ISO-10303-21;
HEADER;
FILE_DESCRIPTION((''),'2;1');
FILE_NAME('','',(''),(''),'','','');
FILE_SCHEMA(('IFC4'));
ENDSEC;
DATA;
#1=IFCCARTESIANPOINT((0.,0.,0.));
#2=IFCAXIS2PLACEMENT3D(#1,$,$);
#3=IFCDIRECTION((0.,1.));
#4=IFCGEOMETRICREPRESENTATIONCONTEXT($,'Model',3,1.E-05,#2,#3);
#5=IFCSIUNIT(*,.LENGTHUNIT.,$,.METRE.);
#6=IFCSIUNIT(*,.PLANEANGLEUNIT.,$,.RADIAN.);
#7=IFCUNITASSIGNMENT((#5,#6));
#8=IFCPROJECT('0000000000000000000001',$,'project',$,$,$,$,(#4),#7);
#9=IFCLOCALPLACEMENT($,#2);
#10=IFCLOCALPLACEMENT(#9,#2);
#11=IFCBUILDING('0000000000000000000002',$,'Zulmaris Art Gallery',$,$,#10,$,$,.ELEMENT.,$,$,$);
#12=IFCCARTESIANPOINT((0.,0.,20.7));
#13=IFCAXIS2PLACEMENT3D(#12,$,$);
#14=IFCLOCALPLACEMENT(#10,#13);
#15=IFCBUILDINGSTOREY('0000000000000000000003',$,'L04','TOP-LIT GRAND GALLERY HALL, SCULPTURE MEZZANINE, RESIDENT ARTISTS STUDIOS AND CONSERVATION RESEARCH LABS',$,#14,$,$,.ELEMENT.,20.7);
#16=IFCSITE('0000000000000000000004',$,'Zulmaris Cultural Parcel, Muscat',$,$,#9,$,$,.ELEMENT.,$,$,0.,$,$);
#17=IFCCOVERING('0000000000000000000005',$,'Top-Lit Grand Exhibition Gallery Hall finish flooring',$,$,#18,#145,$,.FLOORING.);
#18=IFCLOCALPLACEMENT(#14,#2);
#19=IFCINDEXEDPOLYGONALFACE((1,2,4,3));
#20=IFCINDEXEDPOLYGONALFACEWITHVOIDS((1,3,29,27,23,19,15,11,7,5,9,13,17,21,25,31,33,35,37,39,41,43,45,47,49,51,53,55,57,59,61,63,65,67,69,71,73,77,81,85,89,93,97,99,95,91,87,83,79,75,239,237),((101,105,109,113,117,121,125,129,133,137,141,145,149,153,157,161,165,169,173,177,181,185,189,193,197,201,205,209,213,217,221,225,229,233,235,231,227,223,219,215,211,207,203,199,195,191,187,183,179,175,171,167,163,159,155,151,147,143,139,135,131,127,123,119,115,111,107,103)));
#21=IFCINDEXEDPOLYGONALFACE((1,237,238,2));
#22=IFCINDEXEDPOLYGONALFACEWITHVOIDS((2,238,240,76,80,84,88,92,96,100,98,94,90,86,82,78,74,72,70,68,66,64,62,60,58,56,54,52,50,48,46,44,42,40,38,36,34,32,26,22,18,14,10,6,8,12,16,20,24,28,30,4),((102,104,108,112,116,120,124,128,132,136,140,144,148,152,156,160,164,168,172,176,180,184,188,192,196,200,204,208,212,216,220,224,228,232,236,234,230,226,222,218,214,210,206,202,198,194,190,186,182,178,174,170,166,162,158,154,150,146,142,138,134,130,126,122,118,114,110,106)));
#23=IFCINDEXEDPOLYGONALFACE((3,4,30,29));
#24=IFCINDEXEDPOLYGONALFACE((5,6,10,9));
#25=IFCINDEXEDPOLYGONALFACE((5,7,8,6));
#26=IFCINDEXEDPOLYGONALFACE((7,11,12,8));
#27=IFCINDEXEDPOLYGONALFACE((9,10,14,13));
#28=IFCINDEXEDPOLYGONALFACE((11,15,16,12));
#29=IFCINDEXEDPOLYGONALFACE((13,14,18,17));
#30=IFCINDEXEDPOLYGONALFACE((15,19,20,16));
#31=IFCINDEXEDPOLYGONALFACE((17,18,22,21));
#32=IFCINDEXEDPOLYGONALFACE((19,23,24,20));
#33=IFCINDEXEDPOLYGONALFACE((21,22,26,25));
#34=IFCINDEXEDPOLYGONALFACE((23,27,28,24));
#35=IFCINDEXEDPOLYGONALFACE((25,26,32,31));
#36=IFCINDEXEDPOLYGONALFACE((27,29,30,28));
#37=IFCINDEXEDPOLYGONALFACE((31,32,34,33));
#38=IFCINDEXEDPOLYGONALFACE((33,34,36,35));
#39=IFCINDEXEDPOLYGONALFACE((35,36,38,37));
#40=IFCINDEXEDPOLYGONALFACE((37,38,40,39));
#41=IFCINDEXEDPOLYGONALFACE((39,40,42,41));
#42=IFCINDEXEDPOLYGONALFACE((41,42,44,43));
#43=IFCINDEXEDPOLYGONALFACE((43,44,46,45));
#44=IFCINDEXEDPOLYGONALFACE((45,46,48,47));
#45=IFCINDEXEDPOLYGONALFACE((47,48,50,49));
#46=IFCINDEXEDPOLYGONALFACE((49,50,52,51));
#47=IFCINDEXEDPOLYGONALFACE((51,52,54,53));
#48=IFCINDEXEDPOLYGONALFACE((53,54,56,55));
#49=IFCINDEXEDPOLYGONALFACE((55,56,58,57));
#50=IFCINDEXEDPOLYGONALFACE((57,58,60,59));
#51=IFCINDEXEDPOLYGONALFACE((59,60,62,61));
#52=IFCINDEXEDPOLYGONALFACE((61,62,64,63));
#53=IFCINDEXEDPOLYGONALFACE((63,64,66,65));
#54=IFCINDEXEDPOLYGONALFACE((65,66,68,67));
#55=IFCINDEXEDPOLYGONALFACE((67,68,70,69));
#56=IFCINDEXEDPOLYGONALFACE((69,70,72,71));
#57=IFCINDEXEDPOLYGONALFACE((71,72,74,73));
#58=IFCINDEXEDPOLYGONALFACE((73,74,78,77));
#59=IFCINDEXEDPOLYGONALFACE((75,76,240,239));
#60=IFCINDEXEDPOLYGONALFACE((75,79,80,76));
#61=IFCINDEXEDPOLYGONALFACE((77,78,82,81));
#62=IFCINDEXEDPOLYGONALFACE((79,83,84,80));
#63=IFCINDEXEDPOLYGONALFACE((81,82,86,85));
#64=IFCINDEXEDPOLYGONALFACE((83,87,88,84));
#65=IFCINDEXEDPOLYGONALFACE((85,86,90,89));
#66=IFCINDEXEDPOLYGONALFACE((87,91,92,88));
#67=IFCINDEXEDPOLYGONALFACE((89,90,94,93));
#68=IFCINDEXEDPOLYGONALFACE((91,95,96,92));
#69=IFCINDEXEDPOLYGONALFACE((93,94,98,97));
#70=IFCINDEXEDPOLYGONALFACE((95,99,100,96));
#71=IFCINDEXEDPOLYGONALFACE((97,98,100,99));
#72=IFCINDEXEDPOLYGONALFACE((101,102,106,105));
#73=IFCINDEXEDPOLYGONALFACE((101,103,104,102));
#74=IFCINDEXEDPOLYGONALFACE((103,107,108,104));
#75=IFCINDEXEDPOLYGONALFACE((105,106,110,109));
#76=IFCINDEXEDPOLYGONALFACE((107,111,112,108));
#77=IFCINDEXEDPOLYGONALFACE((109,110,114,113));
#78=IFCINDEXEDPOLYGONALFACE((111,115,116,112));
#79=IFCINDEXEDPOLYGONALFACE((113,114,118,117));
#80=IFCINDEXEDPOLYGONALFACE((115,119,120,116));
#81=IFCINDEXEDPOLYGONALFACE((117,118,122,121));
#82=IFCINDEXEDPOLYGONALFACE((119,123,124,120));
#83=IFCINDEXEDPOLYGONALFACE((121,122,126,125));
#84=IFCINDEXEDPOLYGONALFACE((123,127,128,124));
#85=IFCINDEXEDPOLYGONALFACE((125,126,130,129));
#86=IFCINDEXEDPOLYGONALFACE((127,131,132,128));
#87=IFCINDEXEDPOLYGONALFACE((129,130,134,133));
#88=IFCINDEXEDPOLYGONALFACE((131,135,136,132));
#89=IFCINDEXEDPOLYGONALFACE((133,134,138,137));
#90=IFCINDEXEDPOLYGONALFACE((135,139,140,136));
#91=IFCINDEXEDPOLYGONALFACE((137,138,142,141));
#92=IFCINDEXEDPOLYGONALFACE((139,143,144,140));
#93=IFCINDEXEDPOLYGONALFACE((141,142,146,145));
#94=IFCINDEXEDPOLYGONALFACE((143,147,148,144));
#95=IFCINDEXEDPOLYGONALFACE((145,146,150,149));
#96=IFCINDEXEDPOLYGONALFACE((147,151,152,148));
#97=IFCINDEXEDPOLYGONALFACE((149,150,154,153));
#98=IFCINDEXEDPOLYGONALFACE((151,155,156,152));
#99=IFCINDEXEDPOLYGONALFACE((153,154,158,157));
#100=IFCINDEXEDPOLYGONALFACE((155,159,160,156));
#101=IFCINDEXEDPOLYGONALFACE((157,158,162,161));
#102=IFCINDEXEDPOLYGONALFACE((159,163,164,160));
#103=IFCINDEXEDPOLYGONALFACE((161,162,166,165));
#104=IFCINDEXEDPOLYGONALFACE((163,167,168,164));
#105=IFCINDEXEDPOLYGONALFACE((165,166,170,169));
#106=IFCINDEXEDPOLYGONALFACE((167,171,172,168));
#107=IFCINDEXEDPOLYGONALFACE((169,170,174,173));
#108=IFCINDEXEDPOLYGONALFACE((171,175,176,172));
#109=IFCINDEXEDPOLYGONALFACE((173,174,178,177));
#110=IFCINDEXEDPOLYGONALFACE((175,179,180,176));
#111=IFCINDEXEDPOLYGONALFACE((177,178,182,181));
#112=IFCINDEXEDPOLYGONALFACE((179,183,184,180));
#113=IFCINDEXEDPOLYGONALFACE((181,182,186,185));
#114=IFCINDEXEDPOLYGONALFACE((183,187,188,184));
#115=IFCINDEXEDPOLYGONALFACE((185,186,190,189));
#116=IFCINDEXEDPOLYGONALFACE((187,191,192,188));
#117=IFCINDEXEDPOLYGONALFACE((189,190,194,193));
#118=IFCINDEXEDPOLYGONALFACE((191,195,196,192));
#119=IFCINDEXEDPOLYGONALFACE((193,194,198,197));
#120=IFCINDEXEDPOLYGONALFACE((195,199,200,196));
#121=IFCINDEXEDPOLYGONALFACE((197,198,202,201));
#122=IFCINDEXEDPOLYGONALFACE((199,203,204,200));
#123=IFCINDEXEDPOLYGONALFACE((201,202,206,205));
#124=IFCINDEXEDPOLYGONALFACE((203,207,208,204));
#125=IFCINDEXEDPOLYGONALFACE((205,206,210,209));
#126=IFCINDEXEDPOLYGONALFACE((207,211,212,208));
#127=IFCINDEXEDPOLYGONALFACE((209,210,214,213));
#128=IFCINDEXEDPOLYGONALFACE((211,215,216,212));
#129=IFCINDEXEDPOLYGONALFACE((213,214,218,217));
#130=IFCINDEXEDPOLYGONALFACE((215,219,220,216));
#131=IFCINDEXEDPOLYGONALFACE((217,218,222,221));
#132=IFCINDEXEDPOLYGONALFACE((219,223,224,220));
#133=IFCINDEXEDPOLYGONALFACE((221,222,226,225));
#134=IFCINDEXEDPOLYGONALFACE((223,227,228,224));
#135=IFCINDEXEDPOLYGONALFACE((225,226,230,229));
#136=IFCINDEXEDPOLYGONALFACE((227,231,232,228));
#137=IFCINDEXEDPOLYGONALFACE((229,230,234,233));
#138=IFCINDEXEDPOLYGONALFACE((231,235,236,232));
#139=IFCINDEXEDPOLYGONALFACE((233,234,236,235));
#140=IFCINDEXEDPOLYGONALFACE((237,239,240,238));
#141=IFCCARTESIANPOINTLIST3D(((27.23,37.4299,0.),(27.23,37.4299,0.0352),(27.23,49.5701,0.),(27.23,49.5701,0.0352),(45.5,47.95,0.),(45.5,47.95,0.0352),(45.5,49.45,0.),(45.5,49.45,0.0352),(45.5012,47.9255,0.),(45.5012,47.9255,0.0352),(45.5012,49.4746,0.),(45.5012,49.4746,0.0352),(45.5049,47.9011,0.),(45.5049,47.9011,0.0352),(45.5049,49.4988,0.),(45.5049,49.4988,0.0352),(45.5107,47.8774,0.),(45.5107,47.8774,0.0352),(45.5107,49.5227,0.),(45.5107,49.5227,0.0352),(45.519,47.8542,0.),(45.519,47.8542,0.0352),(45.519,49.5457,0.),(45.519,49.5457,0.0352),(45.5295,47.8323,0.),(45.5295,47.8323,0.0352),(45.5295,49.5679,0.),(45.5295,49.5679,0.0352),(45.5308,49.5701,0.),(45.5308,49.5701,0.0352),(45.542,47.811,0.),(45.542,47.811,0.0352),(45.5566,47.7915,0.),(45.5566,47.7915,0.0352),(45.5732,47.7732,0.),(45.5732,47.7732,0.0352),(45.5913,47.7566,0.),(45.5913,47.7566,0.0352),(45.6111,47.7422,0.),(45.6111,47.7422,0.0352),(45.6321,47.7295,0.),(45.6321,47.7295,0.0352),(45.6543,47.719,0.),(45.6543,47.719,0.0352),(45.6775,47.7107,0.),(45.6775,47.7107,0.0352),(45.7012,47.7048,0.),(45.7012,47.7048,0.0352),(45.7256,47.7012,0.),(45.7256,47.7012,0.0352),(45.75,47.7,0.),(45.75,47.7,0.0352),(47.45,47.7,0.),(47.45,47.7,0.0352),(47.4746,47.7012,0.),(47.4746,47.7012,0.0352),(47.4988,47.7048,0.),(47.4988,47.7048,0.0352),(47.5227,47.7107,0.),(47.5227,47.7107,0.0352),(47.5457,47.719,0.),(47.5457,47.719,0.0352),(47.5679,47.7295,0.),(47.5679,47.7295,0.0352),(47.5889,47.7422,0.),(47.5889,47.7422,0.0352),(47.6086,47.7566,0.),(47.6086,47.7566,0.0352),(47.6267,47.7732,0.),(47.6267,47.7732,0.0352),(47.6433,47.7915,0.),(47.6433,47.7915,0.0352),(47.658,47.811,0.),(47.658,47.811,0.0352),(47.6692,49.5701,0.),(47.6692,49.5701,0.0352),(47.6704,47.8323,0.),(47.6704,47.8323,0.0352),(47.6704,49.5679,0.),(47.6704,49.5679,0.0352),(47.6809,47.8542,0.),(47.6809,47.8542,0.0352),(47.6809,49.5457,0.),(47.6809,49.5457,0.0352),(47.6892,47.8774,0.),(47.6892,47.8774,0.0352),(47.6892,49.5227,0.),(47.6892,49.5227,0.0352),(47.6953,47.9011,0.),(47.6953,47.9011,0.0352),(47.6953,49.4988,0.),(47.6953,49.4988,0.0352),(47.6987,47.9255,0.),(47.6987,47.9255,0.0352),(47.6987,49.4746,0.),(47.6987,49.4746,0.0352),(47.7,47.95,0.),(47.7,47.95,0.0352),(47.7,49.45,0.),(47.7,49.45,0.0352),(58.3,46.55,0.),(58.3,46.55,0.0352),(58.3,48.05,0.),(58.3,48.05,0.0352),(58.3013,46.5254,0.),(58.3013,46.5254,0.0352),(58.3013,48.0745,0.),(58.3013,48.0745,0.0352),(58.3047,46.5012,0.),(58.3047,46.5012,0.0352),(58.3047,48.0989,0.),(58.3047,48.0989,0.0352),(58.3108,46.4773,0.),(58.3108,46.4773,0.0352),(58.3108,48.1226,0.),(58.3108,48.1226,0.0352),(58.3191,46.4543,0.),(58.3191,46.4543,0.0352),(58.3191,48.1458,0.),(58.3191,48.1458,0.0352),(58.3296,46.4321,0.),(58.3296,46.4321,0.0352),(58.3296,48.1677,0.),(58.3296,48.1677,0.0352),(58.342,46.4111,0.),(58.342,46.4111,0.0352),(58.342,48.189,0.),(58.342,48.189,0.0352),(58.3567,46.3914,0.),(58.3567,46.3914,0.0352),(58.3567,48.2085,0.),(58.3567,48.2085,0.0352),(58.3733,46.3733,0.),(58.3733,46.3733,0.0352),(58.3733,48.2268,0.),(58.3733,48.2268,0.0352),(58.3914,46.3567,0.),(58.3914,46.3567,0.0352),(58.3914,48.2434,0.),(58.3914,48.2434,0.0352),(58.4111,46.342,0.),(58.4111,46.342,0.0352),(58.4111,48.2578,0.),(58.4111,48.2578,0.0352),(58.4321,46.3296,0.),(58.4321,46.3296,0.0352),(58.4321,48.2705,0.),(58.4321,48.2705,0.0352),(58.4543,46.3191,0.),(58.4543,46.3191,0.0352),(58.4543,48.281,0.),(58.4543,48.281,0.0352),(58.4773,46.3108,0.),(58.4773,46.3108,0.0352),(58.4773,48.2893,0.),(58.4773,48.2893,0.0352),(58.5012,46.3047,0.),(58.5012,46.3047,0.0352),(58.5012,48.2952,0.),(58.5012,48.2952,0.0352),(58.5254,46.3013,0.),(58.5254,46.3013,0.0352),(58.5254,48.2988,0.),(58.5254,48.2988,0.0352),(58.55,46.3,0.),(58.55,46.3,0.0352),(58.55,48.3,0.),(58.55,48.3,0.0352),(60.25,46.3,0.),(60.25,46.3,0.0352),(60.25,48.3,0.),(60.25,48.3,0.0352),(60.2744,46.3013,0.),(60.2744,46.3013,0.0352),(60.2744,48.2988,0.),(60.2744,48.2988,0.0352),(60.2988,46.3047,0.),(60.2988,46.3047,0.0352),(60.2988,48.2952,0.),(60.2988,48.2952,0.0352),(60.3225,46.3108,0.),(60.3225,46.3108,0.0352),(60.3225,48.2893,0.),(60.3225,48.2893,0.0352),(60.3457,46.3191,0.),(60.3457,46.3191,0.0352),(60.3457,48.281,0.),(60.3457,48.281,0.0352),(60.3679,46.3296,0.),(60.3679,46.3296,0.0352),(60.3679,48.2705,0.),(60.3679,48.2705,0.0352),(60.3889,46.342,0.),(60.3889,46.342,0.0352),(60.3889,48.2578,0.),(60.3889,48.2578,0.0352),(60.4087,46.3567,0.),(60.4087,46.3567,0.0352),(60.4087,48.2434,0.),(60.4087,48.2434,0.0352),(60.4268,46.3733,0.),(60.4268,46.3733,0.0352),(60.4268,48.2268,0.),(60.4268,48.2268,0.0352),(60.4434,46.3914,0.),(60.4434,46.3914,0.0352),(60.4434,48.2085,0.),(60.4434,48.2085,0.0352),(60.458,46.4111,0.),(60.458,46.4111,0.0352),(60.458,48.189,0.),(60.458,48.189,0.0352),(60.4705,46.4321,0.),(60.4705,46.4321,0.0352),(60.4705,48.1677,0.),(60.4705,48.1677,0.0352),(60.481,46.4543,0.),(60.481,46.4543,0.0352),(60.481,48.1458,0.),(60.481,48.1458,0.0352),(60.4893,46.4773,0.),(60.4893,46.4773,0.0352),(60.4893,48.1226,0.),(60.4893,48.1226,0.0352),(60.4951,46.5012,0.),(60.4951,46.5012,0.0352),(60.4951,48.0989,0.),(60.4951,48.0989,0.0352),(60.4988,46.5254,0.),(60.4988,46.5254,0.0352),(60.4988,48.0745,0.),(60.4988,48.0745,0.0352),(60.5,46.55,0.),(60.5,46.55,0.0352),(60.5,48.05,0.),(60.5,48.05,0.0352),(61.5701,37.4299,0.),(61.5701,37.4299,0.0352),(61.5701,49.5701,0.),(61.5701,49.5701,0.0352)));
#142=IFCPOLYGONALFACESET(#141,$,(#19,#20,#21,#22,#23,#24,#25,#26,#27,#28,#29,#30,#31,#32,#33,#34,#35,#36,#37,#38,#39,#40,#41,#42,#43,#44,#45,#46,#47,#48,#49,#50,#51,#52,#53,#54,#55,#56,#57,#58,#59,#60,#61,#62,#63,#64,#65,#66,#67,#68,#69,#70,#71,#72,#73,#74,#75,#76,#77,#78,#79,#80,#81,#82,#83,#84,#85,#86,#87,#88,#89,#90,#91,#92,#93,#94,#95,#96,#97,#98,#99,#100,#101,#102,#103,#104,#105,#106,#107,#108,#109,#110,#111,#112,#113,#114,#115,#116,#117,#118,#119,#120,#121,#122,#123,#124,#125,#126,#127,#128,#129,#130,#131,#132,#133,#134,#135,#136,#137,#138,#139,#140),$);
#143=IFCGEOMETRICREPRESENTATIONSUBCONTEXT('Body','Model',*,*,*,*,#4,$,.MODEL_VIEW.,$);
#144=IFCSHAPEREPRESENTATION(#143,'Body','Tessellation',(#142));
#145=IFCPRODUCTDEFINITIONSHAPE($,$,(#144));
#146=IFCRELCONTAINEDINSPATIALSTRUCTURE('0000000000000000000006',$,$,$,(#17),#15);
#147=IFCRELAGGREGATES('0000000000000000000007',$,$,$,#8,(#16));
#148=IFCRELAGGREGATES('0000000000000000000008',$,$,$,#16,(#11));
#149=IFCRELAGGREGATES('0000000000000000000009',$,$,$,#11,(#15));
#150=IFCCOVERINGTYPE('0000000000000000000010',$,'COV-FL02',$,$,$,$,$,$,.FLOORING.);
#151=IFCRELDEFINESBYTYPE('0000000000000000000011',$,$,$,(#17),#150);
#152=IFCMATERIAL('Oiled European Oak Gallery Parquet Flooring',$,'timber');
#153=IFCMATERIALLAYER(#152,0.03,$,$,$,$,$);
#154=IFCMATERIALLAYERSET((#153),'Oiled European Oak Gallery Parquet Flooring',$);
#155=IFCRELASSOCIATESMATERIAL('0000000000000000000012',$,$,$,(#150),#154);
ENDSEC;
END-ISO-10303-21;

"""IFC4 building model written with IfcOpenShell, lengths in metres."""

from ifc_helpers import new_model, si_unit, direction, frame, origin, place, context, subcontext, project, spatial, polyline, outline, extrude, material, layer, layer_set, type_object, element, save


model = new_model("IFC4")

# Units and contexts
model_context = context("Model", 3, precision=1e-05, world=origin(), true_north=direction((0.0, 1.0)))
body_context = subcontext(model_context, "Body", "Model", "MODEL_VIEW")
ifc_project = project(units=[si_unit("LENGTHUNIT", "METRE"), si_unit("PLANEANGLEUNIT", "RADIAN")], contexts=[model_context])

# Site, building, storey
site_placement = place(None, origin())
site = spatial("IfcSite", under=ifc_project, at=site_placement, Name="Zulmaris Cultural Parcel, Muscat", CompositionType="ELEMENT", RefElevation=0.0)
building_placement = place(site_placement, origin())
building = spatial("IfcBuilding", under=site, at=building_placement, Name="Zulmaris Art Gallery", CompositionType="ELEMENT")
storey_placement = place(building_placement, frame((0.0, 0.0, 20.7)))
storey = spatial("IfcBuildingStorey", under=building, at=storey_placement, Name="L04", Description="TOP-LIT GRAND GALLERY HALL, SCULPTURE MEZZANINE, RESIDENT ARTISTS STUDIOS AND CONSERVATION RESEARCH LABS", CompositionType="ELEMENT", Elevation=20.7)

# Covering
ifc_material_1 = material(Name="Oiled European Oak Gallery Parquet Flooring", Category="timber")
ifc_layer_1 = layer(ifc_material_1, 0.03)
ifc_layer_set_1 = layer_set([ifc_layer_1], Name="Oiled European Oak Gallery Parquet Flooring")
covering_type_1 = type_object("IfcCoveringType", Name="COV-FL02", PredefinedType="FLOORING", material=ifc_layer_set_1)
covering_1_placement = place(storey_placement, origin())
element("IfcCovering", 1, at=covering_1_placement, inside=storey, type_object=covering_type_1, Name="Top-Lit Grand Exhibition Gallery Hall finish flooring", PredefinedType="FLOORING", context=body_context, shape_type="SweptSolid", body=[
    extrude(outline(polyline([(45.5295, 49.5679), (45.519, 49.5457), (45.5107, 49.5227), (45.5049, 49.4988), (45.5012, 49.4746), (45.5, 49.45), (45.5, 47.95), (45.5012, 47.9255), (45.5049, 47.9011), (45.5107, 47.8774), (45.519, 47.8542), (45.5295, 47.8323), (45.542, 47.811), (45.5566, 47.7915), (45.5732, 47.7732), (45.5913, 47.7566), (45.6111, 47.7422), (45.6321, 47.7295), (45.6543, 47.719), (45.6775, 47.7107), (45.7012, 47.7048), (45.7256, 47.7012), (45.75, 47.7), (47.45, 47.7), (47.4746, 47.7012), (47.4988, 47.7048), (47.5227, 47.7107), (47.5457, 47.719), (47.5679, 47.7295), (47.5889, 47.7422), (47.6086, 47.7566), (47.6267, 47.7732), (47.6433, 47.7915), (47.658, 47.811), (47.6704, 47.8323), (47.6809, 47.8542), (47.6892, 47.8774), (47.6953, 47.9011), (47.6987, 47.9255), (47.7, 47.95), (47.7, 49.45), (47.6987, 49.4746), (47.6953, 49.4988), (47.6892, 49.5227), (47.6809, 49.5457), (47.6704, 49.5679), (47.6692, 49.5701), (61.5701, 49.5701), (61.5701, 37.4299), (27.23, 37.4299), (27.23, 49.5701), (45.5308, 49.5701), (45.5295, 49.5679)]), holes=[polyline([(58.5254, 48.2988), (58.5012, 48.2952), (58.4773, 48.2893), (58.4543, 48.281), (58.4321, 48.2705), (58.4111, 48.2578), (58.3914, 48.2434), (58.3733, 48.2268), (58.3567, 48.2085), (58.342, 48.189), (58.3296, 48.1677), (58.3191, 48.1458), (58.3108, 48.1226), (58.3047, 48.0989), (58.3013, 48.0745), (58.3, 48.05), (58.3, 46.55), (58.3013, 46.5254), (58.3047, 46.5012), (58.3108, 46.4773), (58.3191, 46.4543), (58.3296, 46.4321), (58.342, 46.4111), (58.3567, 46.3914), (58.3733, 46.3733), (58.3914, 46.3567), (58.4111, 46.342), (58.4321, 46.3296), (58.4543, 46.3191), (58.4773, 46.3108), (58.5012, 46.3047), (58.5254, 46.3013), (58.55, 46.3), (60.25, 46.3), (60.2744, 46.3013), (60.2988, 46.3047), (60.3225, 46.3108), (60.3457, 46.3191), (60.3679, 46.3296), (60.3889, 46.342), (60.4087, 46.3567), (60.4268, 46.3733), (60.4434, 46.3914), (60.458, 46.4111), (60.4705, 46.4321), (60.481, 46.4543), (60.4893, 46.4773), (60.4951, 46.5012), (60.4988, 46.5254), (60.5, 46.55), (60.5, 48.05), (60.4988, 48.0745), (60.4951, 48.0989), (60.4893, 48.1226), (60.481, 48.1458), (60.4705, 48.1677), (60.458, 48.189), (60.4434, 48.2085), (60.4268, 48.2268), (60.4087, 48.2434), (60.3889, 48.2578), (60.3679, 48.2705), (60.3457, 48.281), (60.3225, 48.2893), (60.2988, 48.2952), (60.2744, 48.2988), (60.25, 48.3), (58.55, 48.3), (58.5254, 48.2988)])]), origin(), (0.0, 0.0, 1.0), 0.0352),
])

save(model, "model.ifc")
